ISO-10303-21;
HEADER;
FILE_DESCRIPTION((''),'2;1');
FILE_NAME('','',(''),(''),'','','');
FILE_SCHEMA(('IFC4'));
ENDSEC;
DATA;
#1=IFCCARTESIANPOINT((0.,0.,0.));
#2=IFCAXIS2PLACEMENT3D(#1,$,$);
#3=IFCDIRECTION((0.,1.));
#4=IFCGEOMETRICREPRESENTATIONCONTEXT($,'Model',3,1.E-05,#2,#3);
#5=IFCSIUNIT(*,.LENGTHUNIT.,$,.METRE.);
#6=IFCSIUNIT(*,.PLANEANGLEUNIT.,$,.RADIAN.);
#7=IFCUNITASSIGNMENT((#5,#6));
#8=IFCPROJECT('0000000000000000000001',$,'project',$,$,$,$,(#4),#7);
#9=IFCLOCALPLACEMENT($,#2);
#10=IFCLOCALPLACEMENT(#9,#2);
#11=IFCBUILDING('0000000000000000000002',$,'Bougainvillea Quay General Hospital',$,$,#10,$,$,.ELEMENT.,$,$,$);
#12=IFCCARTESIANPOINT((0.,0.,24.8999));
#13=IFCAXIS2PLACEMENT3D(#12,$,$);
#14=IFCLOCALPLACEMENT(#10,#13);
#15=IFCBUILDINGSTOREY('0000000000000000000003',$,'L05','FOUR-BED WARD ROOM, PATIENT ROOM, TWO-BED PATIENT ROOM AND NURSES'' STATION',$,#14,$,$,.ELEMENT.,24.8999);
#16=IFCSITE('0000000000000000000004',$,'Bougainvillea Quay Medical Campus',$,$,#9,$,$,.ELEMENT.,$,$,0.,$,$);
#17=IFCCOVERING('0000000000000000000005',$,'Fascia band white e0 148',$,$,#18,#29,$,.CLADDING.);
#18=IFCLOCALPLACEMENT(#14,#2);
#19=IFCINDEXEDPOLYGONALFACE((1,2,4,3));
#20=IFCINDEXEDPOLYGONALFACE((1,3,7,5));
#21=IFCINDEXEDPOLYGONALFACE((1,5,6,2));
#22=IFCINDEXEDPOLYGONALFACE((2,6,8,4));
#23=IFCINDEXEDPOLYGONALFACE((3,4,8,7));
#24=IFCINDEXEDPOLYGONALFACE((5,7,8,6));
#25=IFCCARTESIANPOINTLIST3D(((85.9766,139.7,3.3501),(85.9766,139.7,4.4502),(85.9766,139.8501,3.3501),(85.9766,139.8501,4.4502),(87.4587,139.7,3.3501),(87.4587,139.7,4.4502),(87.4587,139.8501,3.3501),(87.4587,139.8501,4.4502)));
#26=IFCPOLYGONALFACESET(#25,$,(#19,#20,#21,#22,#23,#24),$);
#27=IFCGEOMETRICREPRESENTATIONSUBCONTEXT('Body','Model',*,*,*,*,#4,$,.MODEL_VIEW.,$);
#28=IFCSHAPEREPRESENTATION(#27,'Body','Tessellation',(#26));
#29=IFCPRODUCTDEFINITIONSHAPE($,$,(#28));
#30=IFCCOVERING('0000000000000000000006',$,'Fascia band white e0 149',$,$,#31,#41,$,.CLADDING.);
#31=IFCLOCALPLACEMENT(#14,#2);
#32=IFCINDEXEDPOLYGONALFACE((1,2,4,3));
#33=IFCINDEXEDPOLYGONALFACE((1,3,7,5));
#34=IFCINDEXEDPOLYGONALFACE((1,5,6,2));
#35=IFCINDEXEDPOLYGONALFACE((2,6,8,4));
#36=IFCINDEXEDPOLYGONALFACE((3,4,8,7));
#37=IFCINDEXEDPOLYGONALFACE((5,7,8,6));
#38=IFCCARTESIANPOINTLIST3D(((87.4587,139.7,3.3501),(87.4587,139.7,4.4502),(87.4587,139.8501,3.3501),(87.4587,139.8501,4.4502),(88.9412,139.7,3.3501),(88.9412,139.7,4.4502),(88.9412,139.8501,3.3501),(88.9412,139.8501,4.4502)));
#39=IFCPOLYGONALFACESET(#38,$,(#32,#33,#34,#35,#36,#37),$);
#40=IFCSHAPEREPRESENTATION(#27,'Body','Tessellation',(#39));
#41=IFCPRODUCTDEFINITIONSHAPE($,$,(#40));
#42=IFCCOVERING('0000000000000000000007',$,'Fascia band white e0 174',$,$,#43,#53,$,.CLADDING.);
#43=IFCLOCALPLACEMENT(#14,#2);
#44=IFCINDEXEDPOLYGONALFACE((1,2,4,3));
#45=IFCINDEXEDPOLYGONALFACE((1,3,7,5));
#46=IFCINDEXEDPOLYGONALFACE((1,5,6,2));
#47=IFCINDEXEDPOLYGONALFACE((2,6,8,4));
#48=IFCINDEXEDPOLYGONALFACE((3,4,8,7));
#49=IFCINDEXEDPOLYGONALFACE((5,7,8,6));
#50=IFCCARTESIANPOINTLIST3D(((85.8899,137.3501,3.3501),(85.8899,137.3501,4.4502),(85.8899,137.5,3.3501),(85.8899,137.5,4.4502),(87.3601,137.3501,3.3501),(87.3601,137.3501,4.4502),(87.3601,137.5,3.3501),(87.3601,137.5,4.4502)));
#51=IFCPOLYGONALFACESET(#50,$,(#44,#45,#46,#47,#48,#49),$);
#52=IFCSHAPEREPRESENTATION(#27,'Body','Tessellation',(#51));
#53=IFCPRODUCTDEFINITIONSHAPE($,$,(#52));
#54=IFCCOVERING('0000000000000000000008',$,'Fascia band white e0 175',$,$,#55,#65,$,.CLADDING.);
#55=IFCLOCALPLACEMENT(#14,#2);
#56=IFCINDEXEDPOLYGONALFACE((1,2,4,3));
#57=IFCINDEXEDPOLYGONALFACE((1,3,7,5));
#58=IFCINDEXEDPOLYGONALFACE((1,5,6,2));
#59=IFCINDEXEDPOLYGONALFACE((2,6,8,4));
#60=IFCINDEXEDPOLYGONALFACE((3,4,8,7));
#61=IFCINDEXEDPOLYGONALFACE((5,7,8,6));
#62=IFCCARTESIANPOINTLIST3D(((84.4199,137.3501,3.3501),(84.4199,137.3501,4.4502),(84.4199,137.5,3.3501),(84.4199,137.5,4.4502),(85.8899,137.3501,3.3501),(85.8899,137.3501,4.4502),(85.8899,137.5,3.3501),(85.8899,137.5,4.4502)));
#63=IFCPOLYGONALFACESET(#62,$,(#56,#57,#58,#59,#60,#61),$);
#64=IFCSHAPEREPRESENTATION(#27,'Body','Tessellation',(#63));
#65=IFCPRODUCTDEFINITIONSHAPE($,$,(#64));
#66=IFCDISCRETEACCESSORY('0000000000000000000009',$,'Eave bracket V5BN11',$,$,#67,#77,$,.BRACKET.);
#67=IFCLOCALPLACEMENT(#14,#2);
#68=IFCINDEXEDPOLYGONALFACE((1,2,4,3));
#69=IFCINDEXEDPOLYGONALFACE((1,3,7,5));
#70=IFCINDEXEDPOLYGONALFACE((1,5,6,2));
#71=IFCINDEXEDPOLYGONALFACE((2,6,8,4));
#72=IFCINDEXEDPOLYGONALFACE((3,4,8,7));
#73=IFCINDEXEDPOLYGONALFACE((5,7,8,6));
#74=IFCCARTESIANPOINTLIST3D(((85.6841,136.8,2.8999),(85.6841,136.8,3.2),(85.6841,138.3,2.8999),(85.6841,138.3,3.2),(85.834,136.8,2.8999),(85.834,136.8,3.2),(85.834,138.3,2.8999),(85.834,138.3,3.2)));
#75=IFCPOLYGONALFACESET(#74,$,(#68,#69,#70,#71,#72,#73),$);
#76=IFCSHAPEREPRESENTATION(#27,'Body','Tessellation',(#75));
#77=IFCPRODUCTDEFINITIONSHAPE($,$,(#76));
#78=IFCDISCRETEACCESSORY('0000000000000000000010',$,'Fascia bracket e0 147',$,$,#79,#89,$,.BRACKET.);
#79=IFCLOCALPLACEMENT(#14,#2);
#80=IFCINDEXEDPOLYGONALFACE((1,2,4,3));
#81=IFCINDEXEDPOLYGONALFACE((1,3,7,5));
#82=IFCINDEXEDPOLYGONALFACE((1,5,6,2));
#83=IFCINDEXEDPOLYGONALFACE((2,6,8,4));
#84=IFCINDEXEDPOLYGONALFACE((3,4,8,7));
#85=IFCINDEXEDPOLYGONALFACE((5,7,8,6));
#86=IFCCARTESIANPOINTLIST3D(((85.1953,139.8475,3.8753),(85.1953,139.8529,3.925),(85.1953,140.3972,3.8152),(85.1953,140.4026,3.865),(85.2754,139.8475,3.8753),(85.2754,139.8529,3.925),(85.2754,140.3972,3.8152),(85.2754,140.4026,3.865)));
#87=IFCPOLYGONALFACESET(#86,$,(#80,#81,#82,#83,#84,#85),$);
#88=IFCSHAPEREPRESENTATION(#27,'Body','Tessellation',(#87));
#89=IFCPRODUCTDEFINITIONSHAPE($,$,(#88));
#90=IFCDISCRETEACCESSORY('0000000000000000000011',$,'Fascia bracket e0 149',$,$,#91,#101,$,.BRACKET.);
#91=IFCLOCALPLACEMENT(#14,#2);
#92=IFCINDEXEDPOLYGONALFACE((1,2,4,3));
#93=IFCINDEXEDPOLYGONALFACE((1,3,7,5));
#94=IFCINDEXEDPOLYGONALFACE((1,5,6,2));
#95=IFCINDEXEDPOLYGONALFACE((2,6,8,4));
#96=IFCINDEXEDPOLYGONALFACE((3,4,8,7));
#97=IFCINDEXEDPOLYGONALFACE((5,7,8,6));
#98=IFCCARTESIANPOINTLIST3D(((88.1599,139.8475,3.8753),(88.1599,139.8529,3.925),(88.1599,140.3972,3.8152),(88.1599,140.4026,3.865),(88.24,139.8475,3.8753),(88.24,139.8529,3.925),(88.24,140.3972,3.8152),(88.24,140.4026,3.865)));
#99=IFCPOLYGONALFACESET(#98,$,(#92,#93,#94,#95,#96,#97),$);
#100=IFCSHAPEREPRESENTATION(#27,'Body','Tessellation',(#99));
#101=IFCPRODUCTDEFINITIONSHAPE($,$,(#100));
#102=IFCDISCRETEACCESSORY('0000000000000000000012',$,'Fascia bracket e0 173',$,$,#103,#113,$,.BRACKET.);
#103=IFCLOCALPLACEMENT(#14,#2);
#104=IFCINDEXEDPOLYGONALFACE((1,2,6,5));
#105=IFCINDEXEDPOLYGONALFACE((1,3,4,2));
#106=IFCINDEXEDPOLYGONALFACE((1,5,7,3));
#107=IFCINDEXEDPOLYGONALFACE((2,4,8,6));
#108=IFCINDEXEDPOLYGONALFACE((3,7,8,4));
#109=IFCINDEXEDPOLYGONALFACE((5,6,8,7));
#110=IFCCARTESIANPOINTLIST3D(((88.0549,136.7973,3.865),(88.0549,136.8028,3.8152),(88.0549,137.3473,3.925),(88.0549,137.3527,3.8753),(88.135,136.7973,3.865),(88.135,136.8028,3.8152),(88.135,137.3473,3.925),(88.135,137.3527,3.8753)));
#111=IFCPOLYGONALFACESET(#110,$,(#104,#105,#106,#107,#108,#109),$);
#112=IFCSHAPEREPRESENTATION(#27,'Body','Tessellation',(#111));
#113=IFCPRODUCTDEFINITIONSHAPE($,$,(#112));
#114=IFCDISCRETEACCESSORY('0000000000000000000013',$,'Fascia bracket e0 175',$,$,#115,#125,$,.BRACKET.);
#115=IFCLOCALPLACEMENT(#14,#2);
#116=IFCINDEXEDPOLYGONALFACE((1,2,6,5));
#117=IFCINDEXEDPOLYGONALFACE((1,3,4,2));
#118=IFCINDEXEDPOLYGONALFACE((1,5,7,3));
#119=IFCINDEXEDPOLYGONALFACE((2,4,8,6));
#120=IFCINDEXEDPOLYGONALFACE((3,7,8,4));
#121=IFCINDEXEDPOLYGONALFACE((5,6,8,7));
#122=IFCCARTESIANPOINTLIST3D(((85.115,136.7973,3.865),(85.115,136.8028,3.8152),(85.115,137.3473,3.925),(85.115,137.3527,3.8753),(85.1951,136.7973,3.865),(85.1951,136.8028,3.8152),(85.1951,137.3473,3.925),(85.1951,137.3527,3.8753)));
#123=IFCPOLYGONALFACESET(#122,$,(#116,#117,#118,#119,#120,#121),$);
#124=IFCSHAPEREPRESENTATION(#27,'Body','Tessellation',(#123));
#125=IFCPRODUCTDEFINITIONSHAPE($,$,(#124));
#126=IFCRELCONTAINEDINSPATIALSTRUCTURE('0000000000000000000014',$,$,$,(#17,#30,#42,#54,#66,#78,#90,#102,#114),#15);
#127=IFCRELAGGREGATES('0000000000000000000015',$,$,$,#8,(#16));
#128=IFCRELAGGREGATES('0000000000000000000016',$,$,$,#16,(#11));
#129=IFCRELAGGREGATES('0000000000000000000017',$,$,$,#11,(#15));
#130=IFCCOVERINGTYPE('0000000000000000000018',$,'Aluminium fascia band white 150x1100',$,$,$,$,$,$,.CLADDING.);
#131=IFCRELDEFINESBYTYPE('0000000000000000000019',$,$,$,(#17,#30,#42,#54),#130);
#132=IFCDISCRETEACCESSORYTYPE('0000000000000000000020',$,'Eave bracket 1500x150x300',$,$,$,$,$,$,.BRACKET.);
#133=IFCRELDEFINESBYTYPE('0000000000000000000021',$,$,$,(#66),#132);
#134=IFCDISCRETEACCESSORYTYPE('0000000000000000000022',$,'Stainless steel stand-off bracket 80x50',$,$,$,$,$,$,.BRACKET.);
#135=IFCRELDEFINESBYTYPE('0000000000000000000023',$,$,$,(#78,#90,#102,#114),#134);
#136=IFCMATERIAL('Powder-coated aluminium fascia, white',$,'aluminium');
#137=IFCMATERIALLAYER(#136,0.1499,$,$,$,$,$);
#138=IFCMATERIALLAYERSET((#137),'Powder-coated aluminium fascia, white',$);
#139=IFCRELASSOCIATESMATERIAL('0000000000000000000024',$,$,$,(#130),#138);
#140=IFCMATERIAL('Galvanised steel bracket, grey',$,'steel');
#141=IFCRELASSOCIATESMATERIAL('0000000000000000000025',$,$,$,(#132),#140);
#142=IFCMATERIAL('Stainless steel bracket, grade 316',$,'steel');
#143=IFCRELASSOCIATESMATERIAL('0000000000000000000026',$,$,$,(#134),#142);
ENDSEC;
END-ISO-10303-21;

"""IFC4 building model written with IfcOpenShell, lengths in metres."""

from ifc_helpers import new_model, si_unit, direction, frame, origin, origin_2d, place, context, subcontext, project, spatial, polyline, rectangle, outline, extrude, material, layer, layer_set, material_profile, profile_set, type_object, element, save


model = new_model("IFC4")

# Units and contexts
model_context = context("Model", 3, precision=1e-05, world=origin(), true_north=direction((0.0, 1.0)))
body_context = subcontext(model_context, "Body", "Model", "MODEL_VIEW")
ifc_project = project(units=[si_unit("LENGTHUNIT", "METRE"), si_unit("PLANEANGLEUNIT", "RADIAN")], contexts=[model_context])

# Site, building, storey
site_placement = place(None, origin())
site = spatial("IfcSite", under=ifc_project, at=site_placement, Name="Bougainvillea Quay Medical Campus", CompositionType="ELEMENT", RefElevation=0.0)
building_placement = place(site_placement, origin())
building = spatial("IfcBuilding", under=site, at=building_placement, Name="Bougainvillea Quay General Hospital", CompositionType="ELEMENT")
storey_placement = place(building_placement, frame((0.0, 0.0, 24.8999)))
storey = spatial("IfcBuildingStorey", under=building, at=storey_placement, Name="L05", Description="FOUR-BED WARD ROOM, PATIENT ROOM, TWO-BED PATIENT ROOM AND NURSES' STATION", CompositionType="ELEMENT", Elevation=24.8999)

# Coverings
ifc_material_1 = material(Name="Powder-coated aluminium fascia, white", Category="aluminium")
ifc_layer_1 = layer(ifc_material_1, 0.1499)
ifc_layer_set_1 = layer_set([ifc_layer_1], Name="Powder-coated aluminium fascia, white")
covering_type = type_object("IfcCoveringType", Name="Aluminium fascia band white 150x1100", PredefinedType="CLADDING", material=ifc_layer_set_1)
covering_1_placement = place(storey_placement, frame((85.9766, 139.8501, 3.3501), z_axis=(0.0, 0.0, 1.0), x_axis=(1.0, 0.0, 0.0)))
element("IfcCovering", 1, at=covering_1_placement, inside=storey, type_object=covering_type, Name="Fascia band white e0 148", PredefinedType="CLADDING", context=body_context, shape_type="SweptSolid", body=[
    extrude(outline(polyline([(0.0, 0.0), (1.4822, 0.0), (1.4822, -0.1501), (0.0, -0.1501), (0.0, 0.0)])), origin(), (0.0, 0.0, 1.0), 1.1001),
])
covering_2_placement = place(storey_placement, frame((87.4587, 139.8501, 3.3501), z_axis=(0.0, 0.0, 1.0), x_axis=(1.0, 0.0, 0.0)))
element("IfcCovering", 2, at=covering_2_placement, inside=storey, type_object=covering_type, Name="Fascia band white e0 149", PredefinedType="CLADDING", context=body_context, shape_type="SweptSolid", body=[
    extrude(outline(polyline([(0.0, 0.0), (1.4824, 0.0), (1.4824, -0.1501), (0.0, -0.1501), (0.0, 0.0)])), origin(), (0.0, 0.0, 1.0), 1.1001),
])
covering_3_placement = place(storey_placement, frame((87.3601, 137.3501, 3.3501), z_axis=(0.0, 0.0, 1.0), x_axis=(-1.0, 0.0, 0.0)))
element("IfcCovering", 3, at=covering_3_placement, inside=storey, type_object=covering_type, Name="Fascia band white e0 174", PredefinedType="CLADDING", context=body_context, shape_type="SweptSolid", body=[
    extrude(outline(polyline([(0.0, 0.0), (1.4702, 0.0), (1.4702, -0.1499), (0.0, -0.1499), (0.0, 0.0)])), origin(), (0.0, 0.0, 1.0), 1.1001),
])
covering_4_placement = place(storey_placement, frame((85.8899, 137.3501, 3.3501), z_axis=(0.0, 0.0, 1.0), x_axis=(-1.0, 0.0, 0.0)))
element("IfcCovering", 4, at=covering_4_placement, inside=storey, type_object=covering_type, Name="Fascia band white e0 175", PredefinedType="CLADDING", context=body_context, shape_type="SweptSolid", body=[
    extrude(outline(polyline([(0.0, 0.0), (1.47, 0.0), (1.47, -0.1499), (0.0, -0.1499), (0.0, 0.0)])), origin(), (0.0, 0.0, 1.0), 1.1001),
])

# Discrete accessories
ifc_material_2 = material(Name="Galvanised steel bracket, grey", Category="steel")
discrete_accessory_type_1 = type_object("IfcDiscreteAccessoryType", Name="Eave bracket 1500x150x300", PredefinedType="BRACKET", material=ifc_material_2)
discrete_accessory_placement = place(storey_placement, frame((85.759, 137.55, 2.8999), z_axis=(0.0, 0.0, 1.0), x_axis=(1.0, 0.0, 0.0)))
element("IfcDiscreteAccessory", 5, at=discrete_accessory_placement, inside=storey, type_object=discrete_accessory_type_1, Name="Eave bracket V5BN11", PredefinedType="BRACKET", context=body_context, shape_type="SweptSolid", body=[
    extrude(rectangle(XDim=0.1499, YDim=1.5, at=origin_2d()), origin(), (0.0, 0.0, 1.0), 0.3),
])
ifc_material_3 = material(Name="Stainless steel bracket, grade 316", Category="steel")
ifc_material_profile_1 = material_profile(ifc_material_3, rectangle(XDim=0.0801, YDim=0.05, at=origin_2d()))
ifc_profile_set_1 = profile_set([ifc_material_profile_1], Name="Stainless steel bracket, grade 316")
discrete_accessory_type_2 = type_object("IfcDiscreteAccessoryType", Name="Stainless steel stand-off bracket 80x50", PredefinedType="BRACKET", material=ifc_profile_set_1)
for number, where, z_axis, x_axis, name in (
    (6, (85.2354, 140.3999, 3.8401), (0.0, -0.994087, 0.10859), (1.0, 0.0, 0.0), "Fascia bracket e0 147"),
    (7, (88.2, 140.3999, 3.8401), (0.0, -0.994087, 0.10859), (1.0, 0.0, 0.0), "Fascia bracket e0 149"),
):
    element("IfcDiscreteAccessory", number, at=place(storey_placement, frame(where, z_axis=z_axis, x_axis=x_axis)), inside=storey, type_object=discrete_accessory_type_2, Name=name, PredefinedType="BRACKET", context=body_context, shape_type="SweptSolid", body=[
        extrude(rectangle(XDim=0.0801, YDim=0.05, at=origin_2d()), origin(), (0.0, 0.0, 1.0), 0.553),
    ])
for number, where, z_axis, x_axis, name in (
    (8, (88.095, 136.8, 3.8401), (0.0, 0.994092, 0.108543), (-1.0, 0.0, 0.0), "Fascia bracket e0 173"),
    (9, (85.155, 136.8, 3.8401), (0.0, 0.994092, 0.108543), (-1.0, 0.0, 0.0), "Fascia bracket e0 175"),
):
    element("IfcDiscreteAccessory", number, at=place(storey_placement, frame(where, z_axis=z_axis, x_axis=x_axis)), inside=storey, type_object=discrete_accessory_type_2, Name=name, PredefinedType="BRACKET", context=body_context, shape_type="SweptSolid", body=[
        extrude(rectangle(XDim=0.0801, YDim=0.05, at=origin_2d()), origin(), (0.0, 0.0, 1.0), 0.5532),
    ])

save(model, "model.ifc")
